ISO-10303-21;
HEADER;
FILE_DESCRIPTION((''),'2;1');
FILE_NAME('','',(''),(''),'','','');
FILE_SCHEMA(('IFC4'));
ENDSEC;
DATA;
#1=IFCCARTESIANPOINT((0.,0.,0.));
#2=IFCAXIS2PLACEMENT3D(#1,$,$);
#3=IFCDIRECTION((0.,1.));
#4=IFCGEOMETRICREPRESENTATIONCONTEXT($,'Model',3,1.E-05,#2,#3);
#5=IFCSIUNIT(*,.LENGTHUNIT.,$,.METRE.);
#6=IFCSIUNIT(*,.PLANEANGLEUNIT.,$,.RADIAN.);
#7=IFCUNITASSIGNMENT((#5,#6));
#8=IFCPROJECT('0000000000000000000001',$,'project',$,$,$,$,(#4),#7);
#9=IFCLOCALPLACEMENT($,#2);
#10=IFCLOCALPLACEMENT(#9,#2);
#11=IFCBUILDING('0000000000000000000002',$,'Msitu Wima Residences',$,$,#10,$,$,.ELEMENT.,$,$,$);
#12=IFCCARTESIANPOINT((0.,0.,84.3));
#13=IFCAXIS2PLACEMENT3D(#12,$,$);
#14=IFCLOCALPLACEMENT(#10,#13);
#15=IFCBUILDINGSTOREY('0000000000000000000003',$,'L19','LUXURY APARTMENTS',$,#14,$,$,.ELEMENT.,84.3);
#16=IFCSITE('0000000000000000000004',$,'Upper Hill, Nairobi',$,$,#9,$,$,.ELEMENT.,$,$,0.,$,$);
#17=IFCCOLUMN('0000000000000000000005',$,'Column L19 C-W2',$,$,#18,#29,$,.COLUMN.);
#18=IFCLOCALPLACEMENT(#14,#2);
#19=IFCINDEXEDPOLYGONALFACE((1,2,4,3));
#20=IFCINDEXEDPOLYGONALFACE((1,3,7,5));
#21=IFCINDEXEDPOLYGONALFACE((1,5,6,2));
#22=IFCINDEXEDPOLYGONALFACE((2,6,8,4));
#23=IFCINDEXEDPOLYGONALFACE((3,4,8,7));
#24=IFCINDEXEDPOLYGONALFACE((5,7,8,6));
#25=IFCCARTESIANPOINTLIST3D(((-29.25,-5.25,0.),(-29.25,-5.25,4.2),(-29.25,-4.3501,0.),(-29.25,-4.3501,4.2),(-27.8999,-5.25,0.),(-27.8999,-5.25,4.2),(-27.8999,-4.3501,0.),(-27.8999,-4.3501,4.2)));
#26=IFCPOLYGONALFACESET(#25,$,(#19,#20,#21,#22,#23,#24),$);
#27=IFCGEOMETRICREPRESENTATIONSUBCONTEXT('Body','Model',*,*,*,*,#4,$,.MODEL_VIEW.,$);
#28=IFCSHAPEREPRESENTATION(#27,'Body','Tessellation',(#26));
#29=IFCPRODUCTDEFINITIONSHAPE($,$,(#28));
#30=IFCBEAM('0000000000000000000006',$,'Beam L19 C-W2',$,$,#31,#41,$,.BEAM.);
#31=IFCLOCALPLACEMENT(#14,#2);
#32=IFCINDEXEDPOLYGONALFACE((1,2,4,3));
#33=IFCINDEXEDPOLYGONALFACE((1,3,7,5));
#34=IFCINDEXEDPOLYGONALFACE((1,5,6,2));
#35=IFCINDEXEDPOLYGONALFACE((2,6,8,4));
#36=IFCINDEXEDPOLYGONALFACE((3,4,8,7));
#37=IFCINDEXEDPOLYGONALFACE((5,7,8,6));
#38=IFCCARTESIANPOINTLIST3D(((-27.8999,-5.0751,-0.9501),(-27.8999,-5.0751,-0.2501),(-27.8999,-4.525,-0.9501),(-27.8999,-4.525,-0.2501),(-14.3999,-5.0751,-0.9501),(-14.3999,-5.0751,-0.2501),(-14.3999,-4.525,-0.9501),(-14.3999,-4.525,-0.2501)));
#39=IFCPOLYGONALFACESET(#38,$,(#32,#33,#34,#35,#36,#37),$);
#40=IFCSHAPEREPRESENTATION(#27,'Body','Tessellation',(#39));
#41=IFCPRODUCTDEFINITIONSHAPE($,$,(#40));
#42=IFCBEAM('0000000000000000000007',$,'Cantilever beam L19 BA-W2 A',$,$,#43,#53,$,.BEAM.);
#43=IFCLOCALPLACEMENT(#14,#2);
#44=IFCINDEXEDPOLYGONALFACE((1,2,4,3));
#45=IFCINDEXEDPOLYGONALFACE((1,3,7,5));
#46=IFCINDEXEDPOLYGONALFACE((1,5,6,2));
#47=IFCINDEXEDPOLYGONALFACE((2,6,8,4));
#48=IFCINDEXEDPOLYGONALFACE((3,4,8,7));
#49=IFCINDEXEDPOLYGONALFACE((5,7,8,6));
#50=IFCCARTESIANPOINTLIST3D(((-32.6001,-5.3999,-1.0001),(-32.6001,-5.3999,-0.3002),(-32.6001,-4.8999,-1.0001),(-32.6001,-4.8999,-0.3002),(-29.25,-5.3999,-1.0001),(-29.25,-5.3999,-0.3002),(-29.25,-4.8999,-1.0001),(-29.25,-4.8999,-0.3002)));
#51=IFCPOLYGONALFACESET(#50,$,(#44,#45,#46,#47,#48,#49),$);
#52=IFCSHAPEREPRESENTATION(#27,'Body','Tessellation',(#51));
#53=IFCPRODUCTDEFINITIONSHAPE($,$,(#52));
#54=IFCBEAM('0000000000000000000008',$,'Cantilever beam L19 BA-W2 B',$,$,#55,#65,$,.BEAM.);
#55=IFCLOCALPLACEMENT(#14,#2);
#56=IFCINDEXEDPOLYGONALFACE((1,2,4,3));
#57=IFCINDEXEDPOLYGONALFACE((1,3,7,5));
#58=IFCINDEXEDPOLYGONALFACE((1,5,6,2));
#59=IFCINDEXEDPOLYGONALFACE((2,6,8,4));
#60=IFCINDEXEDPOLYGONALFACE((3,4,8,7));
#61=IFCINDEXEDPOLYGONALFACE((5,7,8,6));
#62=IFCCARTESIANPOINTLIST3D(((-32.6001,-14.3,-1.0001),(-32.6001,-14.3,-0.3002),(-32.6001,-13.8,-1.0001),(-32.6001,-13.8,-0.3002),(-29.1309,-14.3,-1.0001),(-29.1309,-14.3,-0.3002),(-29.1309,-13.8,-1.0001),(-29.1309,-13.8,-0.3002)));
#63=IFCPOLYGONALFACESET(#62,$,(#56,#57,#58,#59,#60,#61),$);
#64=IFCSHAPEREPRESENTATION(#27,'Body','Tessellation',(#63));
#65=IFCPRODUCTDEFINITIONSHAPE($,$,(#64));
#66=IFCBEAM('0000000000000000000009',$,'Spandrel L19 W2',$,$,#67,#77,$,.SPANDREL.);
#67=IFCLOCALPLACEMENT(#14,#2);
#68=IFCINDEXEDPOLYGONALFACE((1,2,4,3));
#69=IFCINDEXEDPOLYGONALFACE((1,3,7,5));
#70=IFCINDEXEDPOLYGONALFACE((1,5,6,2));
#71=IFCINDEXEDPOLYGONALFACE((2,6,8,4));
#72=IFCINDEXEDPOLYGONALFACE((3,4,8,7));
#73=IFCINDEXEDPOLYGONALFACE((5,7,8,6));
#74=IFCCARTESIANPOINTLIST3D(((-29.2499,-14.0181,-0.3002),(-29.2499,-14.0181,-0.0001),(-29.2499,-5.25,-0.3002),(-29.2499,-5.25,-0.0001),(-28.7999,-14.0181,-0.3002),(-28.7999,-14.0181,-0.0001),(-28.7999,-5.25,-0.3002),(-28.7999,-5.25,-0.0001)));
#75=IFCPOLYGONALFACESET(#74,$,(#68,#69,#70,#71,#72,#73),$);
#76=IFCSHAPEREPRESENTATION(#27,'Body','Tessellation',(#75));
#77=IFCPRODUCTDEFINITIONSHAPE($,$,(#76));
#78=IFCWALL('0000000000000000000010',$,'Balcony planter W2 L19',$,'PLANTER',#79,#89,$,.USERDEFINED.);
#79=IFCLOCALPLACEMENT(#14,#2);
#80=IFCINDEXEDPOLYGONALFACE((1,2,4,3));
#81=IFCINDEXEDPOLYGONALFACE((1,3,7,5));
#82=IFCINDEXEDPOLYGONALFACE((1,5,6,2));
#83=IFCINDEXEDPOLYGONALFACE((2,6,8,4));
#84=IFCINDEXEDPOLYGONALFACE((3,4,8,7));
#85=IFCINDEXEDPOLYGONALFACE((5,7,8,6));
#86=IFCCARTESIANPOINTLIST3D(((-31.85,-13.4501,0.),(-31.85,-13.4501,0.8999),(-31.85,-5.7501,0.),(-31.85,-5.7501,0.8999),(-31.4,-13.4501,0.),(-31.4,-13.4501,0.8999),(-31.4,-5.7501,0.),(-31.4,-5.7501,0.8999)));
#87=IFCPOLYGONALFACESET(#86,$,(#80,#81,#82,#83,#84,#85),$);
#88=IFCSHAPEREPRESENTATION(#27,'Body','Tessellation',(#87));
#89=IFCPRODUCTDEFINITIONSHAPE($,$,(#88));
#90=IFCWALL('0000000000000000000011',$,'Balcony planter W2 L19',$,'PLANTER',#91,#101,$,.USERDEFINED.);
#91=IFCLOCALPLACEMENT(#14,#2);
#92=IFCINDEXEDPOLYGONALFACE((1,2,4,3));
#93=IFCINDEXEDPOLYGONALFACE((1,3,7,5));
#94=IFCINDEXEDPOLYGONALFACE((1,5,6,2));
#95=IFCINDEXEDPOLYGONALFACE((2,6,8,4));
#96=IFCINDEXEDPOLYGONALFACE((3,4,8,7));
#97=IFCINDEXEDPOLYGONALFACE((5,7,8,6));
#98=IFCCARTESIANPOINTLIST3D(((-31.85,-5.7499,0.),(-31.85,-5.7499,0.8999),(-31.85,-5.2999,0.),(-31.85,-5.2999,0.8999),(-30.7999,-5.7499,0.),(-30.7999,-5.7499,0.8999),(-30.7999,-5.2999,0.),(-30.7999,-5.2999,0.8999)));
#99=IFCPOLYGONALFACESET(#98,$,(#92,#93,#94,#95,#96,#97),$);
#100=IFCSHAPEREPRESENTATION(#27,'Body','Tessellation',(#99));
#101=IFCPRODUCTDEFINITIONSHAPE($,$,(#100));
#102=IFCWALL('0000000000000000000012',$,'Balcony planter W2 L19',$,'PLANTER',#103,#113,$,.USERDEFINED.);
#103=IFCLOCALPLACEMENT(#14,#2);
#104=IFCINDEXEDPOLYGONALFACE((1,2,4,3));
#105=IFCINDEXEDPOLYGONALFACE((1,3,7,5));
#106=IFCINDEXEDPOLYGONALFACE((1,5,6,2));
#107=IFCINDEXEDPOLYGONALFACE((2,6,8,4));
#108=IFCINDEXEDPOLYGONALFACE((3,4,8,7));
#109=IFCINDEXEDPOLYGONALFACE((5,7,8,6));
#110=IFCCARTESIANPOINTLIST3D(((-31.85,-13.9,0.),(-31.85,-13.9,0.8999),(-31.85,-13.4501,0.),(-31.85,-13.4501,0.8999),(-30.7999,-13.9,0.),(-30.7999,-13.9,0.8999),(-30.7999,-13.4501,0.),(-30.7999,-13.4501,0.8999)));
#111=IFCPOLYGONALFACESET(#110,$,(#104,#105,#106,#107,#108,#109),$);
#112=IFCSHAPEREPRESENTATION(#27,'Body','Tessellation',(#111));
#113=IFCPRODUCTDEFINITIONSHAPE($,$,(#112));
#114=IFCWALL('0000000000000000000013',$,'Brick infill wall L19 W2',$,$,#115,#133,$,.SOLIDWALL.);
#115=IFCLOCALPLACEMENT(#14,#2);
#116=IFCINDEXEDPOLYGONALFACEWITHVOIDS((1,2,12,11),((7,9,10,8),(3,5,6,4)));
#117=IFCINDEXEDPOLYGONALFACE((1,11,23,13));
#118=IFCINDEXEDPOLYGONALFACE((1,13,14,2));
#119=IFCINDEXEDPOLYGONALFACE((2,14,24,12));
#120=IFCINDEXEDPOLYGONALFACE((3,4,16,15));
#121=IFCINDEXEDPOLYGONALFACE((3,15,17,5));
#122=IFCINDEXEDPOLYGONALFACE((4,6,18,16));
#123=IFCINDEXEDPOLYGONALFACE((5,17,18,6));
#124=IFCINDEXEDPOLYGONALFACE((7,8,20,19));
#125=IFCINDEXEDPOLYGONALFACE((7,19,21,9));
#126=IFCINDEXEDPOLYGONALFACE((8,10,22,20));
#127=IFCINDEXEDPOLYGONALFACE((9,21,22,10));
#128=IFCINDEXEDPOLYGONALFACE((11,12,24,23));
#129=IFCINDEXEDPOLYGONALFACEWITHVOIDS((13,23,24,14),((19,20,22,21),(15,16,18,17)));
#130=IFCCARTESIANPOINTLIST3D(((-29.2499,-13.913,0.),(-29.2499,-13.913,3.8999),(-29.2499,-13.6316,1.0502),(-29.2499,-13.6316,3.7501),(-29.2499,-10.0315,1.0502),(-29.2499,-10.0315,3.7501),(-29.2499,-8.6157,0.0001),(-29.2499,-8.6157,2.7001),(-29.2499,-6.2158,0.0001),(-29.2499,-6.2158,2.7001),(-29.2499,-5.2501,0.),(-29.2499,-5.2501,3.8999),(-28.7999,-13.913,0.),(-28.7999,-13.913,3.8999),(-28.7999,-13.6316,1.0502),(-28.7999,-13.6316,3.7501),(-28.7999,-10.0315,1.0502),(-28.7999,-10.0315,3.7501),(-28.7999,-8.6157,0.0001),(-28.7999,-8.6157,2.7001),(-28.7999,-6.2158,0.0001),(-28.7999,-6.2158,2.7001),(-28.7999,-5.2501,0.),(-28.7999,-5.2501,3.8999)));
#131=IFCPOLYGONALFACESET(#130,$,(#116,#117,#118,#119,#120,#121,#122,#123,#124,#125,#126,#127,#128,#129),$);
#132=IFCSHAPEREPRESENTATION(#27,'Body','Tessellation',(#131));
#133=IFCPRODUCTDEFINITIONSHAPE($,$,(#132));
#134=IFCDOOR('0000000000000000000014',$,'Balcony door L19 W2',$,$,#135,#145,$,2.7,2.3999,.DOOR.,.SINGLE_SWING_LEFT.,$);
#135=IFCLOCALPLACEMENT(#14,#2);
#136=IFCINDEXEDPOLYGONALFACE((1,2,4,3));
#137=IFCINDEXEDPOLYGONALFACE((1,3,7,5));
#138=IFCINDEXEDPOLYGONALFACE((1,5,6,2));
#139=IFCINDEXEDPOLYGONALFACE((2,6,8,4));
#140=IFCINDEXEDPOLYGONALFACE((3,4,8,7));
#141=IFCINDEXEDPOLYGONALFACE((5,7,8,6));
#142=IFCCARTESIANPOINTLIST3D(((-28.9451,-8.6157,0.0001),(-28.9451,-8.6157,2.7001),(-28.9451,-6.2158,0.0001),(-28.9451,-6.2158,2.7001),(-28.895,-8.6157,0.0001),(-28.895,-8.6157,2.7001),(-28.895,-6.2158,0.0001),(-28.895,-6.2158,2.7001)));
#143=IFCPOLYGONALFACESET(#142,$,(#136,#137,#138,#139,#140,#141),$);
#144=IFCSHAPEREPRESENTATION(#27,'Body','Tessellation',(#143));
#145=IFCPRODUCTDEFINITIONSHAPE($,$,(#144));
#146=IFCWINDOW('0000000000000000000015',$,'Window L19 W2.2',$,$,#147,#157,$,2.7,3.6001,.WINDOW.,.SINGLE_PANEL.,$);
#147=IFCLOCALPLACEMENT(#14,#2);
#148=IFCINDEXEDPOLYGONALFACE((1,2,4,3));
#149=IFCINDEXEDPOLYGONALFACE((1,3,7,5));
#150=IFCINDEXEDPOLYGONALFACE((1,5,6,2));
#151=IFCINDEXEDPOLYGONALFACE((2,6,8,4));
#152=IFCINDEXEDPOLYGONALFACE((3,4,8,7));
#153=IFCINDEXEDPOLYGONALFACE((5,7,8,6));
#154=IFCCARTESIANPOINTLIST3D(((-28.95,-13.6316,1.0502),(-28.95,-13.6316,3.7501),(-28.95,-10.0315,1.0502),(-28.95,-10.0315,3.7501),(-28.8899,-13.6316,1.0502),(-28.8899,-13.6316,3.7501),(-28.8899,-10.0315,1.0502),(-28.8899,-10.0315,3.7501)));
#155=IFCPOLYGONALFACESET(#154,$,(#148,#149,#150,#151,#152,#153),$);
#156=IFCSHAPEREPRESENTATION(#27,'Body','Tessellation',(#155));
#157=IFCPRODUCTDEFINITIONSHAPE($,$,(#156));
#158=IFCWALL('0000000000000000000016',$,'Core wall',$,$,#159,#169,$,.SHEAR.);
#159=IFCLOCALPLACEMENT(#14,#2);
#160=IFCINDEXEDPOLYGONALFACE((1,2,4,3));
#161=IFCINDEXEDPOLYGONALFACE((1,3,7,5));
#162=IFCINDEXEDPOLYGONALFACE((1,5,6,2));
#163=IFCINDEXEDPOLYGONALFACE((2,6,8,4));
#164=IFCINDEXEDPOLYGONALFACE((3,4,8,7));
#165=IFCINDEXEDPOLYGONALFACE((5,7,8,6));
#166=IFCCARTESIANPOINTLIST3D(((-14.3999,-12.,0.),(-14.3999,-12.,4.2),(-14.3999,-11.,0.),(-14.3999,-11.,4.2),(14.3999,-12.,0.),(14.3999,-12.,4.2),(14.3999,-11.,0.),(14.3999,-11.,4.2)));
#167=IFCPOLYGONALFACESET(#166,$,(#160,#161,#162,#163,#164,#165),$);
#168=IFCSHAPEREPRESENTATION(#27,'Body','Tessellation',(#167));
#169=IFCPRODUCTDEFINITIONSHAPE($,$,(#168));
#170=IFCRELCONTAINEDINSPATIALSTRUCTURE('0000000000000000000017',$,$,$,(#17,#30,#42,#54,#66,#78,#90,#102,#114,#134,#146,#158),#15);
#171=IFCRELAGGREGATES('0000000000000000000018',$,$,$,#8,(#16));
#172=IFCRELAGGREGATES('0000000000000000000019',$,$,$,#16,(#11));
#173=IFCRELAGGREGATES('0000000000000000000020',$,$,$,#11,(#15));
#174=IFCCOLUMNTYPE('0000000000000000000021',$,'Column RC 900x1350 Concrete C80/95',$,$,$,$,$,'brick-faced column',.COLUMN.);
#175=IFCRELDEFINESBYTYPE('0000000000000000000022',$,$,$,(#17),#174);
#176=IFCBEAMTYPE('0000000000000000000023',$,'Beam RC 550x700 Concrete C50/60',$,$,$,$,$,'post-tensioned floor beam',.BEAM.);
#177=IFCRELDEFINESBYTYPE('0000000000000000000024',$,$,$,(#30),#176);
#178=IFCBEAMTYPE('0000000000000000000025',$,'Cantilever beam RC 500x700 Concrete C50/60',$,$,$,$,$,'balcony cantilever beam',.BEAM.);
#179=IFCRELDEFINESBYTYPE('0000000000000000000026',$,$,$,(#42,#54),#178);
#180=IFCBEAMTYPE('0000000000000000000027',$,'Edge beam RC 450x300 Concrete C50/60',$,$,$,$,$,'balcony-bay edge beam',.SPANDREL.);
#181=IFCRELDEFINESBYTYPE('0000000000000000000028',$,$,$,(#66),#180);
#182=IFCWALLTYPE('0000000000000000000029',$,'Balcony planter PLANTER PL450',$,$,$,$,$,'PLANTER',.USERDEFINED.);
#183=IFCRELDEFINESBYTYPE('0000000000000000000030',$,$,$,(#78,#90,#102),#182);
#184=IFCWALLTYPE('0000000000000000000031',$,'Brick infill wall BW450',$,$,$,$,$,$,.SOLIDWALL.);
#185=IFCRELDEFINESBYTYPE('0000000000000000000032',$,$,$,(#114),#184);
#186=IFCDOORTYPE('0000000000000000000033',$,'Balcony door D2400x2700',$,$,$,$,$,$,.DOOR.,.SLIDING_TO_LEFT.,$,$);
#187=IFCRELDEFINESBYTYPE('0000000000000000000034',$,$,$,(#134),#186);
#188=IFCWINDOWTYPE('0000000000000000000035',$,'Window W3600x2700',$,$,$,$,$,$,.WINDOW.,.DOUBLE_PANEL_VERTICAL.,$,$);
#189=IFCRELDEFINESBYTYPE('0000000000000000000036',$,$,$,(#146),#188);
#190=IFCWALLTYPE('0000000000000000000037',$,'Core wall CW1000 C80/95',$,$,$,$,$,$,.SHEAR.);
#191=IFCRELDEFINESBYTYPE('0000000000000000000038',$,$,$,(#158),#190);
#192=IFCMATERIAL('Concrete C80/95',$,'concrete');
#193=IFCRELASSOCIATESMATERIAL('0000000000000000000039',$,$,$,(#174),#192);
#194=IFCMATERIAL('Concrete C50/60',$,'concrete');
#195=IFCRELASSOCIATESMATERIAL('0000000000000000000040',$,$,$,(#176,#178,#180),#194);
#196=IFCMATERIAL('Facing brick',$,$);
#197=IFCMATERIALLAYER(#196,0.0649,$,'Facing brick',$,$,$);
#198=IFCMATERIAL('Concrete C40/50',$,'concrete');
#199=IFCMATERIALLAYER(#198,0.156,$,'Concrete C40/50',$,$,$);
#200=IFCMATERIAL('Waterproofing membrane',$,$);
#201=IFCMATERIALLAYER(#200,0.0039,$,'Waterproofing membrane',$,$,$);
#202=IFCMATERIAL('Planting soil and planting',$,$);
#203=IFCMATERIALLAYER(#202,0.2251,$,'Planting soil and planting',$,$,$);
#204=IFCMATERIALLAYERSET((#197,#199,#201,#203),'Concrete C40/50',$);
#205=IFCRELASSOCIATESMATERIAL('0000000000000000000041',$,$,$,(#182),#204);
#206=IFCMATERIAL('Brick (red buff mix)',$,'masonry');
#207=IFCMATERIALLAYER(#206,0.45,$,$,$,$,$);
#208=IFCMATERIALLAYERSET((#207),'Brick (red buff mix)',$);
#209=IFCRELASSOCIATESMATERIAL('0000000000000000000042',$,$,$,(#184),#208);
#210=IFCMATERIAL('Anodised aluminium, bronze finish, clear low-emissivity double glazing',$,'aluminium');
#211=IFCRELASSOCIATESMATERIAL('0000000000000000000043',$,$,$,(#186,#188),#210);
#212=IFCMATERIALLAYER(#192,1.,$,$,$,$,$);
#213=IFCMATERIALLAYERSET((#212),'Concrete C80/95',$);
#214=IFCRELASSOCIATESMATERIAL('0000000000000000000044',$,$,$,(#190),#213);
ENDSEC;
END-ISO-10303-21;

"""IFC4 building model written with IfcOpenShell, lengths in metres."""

from ifc_helpers import new_model, si_unit, direction, frame, frame_2d, origin, origin_2d, place, context, subcontext, project, spatial, rectangle, extrude, material, layer, layer_set, material_profile, profile_set, type_object, element, fill, save


model = new_model("IFC4")

# Units and contexts
model_context = context("Model", 3, precision=1e-05, world=origin(), true_north=direction((0.0, 1.0)))
body_context = subcontext(model_context, "Body", "Model", "MODEL_VIEW")
ifc_project = project(units=[si_unit("LENGTHUNIT", "METRE"), si_unit("PLANEANGLEUNIT", "RADIAN")], contexts=[model_context])

# Site, building, storey
site_placement = place(None, origin())
site = spatial("IfcSite", under=ifc_project, at=site_placement, Name="Upper Hill, Nairobi", CompositionType="ELEMENT", RefElevation=0.0)
building_placement = place(site_placement, origin())
building = spatial("IfcBuilding", under=site, at=building_placement, Name="Msitu Wima Residences", CompositionType="ELEMENT")
storey_placement = place(building_placement, frame((0.0, 0.0, 84.3)))
storey = spatial("IfcBuildingStorey", under=building, at=storey_placement, Name="L19", Description="LUXURY APARTMENTS", CompositionType="ELEMENT", Elevation=84.3)

# Column
ifc_material_1 = material(Name="Concrete C80/95", Category="concrete")
ifc_material_profile_1 = material_profile(ifc_material_1, rectangle(XDim=0.8999, YDim=1.3501, at=origin_2d()), Name="RC 900x1350")
ifc_profile_set_1 = profile_set([ifc_material_profile_1], Name="Concrete C80/95")
column_type = type_object("IfcColumnType", Name="Column RC 900x1350 Concrete C80/95", ElementType="brick-faced column", PredefinedType="COLUMN", material=ifc_profile_set_1)
column_placement = place(storey_placement, frame((-28.575, -4.8, 0.0), z_axis=(0.0, 0.0, 1.0), x_axis=(0.0, -1.0, 0.0)))
element("IfcColumn", 1, at=column_placement, inside=storey, type_object=column_type, Name="Column L19 C-W2", PredefinedType="COLUMN", context=body_context, shape_type="SweptSolid", body=[
    extrude(rectangle(XDim=0.8999, YDim=1.3501, at=origin_2d()), origin(), (0.0, 0.0, 1.0), 4.2),
])

# Beams
ifc_material_2 = material(Name="Concrete C50/60", Category="concrete")
ifc_material_profile_2 = material_profile(ifc_material_2, rectangle(XDim=0.55, YDim=0.7, at=origin_2d()), Name="RC 550x700")
ifc_profile_set_2 = profile_set([ifc_material_profile_2], Name="Concrete C50/60")
beam_type_1 = type_object("IfcBeamType", Name="Beam RC 550x700 Concrete C50/60", ElementType="post-tensioned floor beam", PredefinedType="BEAM", material=ifc_profile_set_2)
beam_1_placement = place(storey_placement, frame((-27.8999, -4.8, -0.6001), z_axis=(1.0, 0.0, 0.0), x_axis=(0.0, 1.0, 0.0)))
element("IfcBeam", 2, at=beam_1_placement, inside=storey, type_object=beam_type_1, Name="Beam L19 C-W2", PredefinedType="BEAM", context=body_context, shape_type="SweptSolid", body=[
    extrude(rectangle(XDim=0.55, YDim=0.7, at=origin_2d()), origin(), (0.0, 0.0, 1.0), 13.5),
])
ifc_material_profile_3 = material_profile(ifc_material_2, rectangle(XDim=0.5, YDim=0.7, at=origin_2d()), Name="RC 500x700")
ifc_profile_set_3 = profile_set([ifc_material_profile_3], Name="Concrete C50/60")
beam_type_2 = type_object("IfcBeamType", Name="Cantilever beam RC 500x700 Concrete C50/60", ElementType="balcony cantilever beam", PredefinedType="BEAM", material=ifc_profile_set_3)
beam_2_placement = place(storey_placement, frame((-29.25, -5.1499, -0.6501), z_axis=(-1.0, 0.0, 0.0), x_axis=(0.0, -1.0, 0.0)))
element("IfcBeam", 3, at=beam_2_placement, inside=storey, type_object=beam_type_2, Name="Cantilever beam L19 BA-W2 A", PredefinedType="BEAM", context=body_context, shape_type="SweptSolid", body=[
    extrude(rectangle(XDim=0.5, YDim=0.7, at=origin_2d()), origin(), (0.0, 0.0, 1.0), 3.3501),
])
beam_3_placement = place(storey_placement, frame((-29.1309, -14.05, -0.6501), z_axis=(-1.0, 0.0, 0.0), x_axis=(0.0, -1.0, 0.0)))
element("IfcBeam", 4, at=beam_3_placement, inside=storey, type_object=beam_type_2, Name="Cantilever beam L19 BA-W2 B", PredefinedType="BEAM", context=body_context, shape_type="SweptSolid", body=[
    extrude(rectangle(XDim=0.5, YDim=0.7, at=origin_2d()), origin(), (0.0, 0.0, 1.0), 3.4692),
])
ifc_material_profile_4 = material_profile(ifc_material_2, rectangle(XDim=0.45, YDim=0.3, at=origin_2d()), Name="RC 450x300")
ifc_profile_set_4 = profile_set([ifc_material_profile_4], Name="Concrete C50/60")
beam_type_3 = type_object("IfcBeamType", Name="Edge beam RC 450x300 Concrete C50/60", ElementType="balcony-bay edge beam", PredefinedType="SPANDREL", material=ifc_profile_set_4)
beam_4_placement = place(storey_placement, frame((-29.0249, -5.25, -0.1501), z_axis=(0.0, -1.0, 0.0), x_axis=(1.0, 0.0, 0.0)))
element("IfcBeam", 5, at=beam_4_placement, inside=storey, type_object=beam_type_3, Name="Spandrel L19 W2", PredefinedType="SPANDREL", context=body_context, shape_type="SweptSolid", body=[
    extrude(rectangle(XDim=0.45, YDim=0.3, at=origin_2d()), origin(), (0.0, 0.0, 1.0), 8.7681),
])

# Walls
ifc_material_3 = material(Name="Facing brick")
ifc_layer_1 = layer(ifc_material_3, 0.0649, Name="Facing brick")
ifc_material_4 = material(Name="Concrete C40/50", Category="concrete")
ifc_layer_2 = layer(ifc_material_4, 0.156, Name="Concrete C40/50")
ifc_material_5 = material(Name="Waterproofing membrane")
ifc_layer_3 = layer(ifc_material_5, 0.0039, Name="Waterproofing membrane")
ifc_material_6 = material(Name="Planting soil and planting")
ifc_layer_4 = layer(ifc_material_6, 0.2251, Name="Planting soil and planting")
ifc_layer_set_1 = layer_set([ifc_layer_1, ifc_layer_2, ifc_layer_3, ifc_layer_4], Name="Concrete C40/50")
wall_type_1 = type_object("IfcWallType", Name="Balcony planter PLANTER PL450", ElementType="PLANTER", PredefinedType="USERDEFINED", material=ifc_layer_set_1)
wall_1_placement = place(storey_placement, frame((-31.625, -5.75, 0.0), z_axis=(0.0, 0.0, 1.0), x_axis=(0.0, -1.0, 0.0)))
element("IfcWall", 6, at=wall_1_placement, inside=storey, type_object=wall_type_1, Name="Balcony planter W2 L19", ObjectType="PLANTER", PredefinedType="USERDEFINED", context=body_context, shape_type="SweptSolid", body=[
    extrude(rectangle(XDim=7.7, YDim=0.45, at=frame_2d((3.8501, 0.0))), origin(), (0.0, 0.0, 1.0), 0.8999),
])
for number, where, z_axis, x_axis, name in (
    (7, (-30.8, -5.5249, 0.0), (0.0, 0.0, 1.0), (-1.0, 0.0, 0.0), "Balcony planter W2 L19"),
    (8, (-30.8, -13.675, 0.0), (0.0, 0.0, 1.0), (-1.0, 0.0, 0.0), "Balcony planter W2 L19"),
):
    element("IfcWall", number, at=place(storey_placement, frame(where, z_axis=z_axis, x_axis=x_axis)), inside=storey, type_object=wall_type_1, Name=name, ObjectType="PLANTER", PredefinedType="USERDEFINED", context=body_context, shape_type="SweptSolid", body=[
        extrude(rectangle(XDim=1.05, YDim=0.45, at=frame_2d((0.5249, 0.0))), origin(), (0.0, 0.0, 1.0), 0.8999),
    ])

# Wall, openings, door, window
ifc_material_7 = material(Name="Brick (red buff mix)", Category="masonry")
ifc_layer_5 = layer(ifc_material_7, 0.45)
ifc_layer_set_2 = layer_set([ifc_layer_5], Name="Brick (red buff mix)")
wall_type_2 = type_object("IfcWallType", Name="Brick infill wall BW450", PredefinedType="SOLIDWALL", material=ifc_layer_set_2)
wall_2_placement = place(storey_placement, frame((-29.0249, -5.25, 0.0), z_axis=(0.0, 0.0, 1.0), x_axis=(0.0, -1.0, 0.0)))
wall_2 = element("IfcWall", 9, at=wall_2_placement, inside=storey, type_object=wall_type_2, Name="Brick infill wall L19 W2", PredefinedType="SOLIDWALL", context=body_context, shape_type="SweptSolid", body=[
    extrude(rectangle(XDim=8.6628, YDim=0.45, at=frame_2d((4.3315, 0.0))), origin(), (0.0, 0.0, 1.0), 3.8999),
])
opening_1_placement = place(wall_2_placement, frame((0.9658, 0.0, 0.0)))
opening_1 = element("IfcOpeningElement", 10, at=opening_1_placement, cuts=wall_2, PredefinedType="OPENING", context=body_context, shape_type="SweptSolid", body=[
    extrude(rectangle(XDim=2.3999, YDim=2.7, at=frame_2d((1.2, 1.3501))), frame((0.0, 0.2349, 0.0), z_axis=(0.0, -1.0, 0.0), x_axis=(1.0, 0.0, 0.0)), (0.0, 0.0, 1.0), 0.47),
])
opening_2_placement = place(wall_2_placement, frame((4.7815, 0.0, 1.05)))
opening_2 = element("IfcOpeningElement", 11, at=opening_2_placement, cuts=wall_2, PredefinedType="OPENING", context=body_context, shape_type="SweptSolid", body=[
    extrude(rectangle(XDim=3.6001, YDim=2.7, at=frame_2d((1.8, 1.3501))), frame((0.0, 0.2349, 0.0), z_axis=(0.0, -1.0, 0.0), x_axis=(1.0, 0.0, 0.0)), (0.0, 0.0, 1.0), 0.47),
])
ifc_material_8 = material(Name="Anodised aluminium, bronze finish, clear low-emissivity double glazing", Category="aluminium")
door_type_1 = type_object("IfcDoorType", Name="Balcony door D2400x2700", OperationType="SLIDING_TO_LEFT", PredefinedType="DOOR", material=ifc_material_8)
door_1_placement = place(opening_1_placement, origin())
door_1 = element("IfcDoor", 12, at=door_1_placement, inside=storey, type_object=door_type_1, Name="Balcony door L19 W2", OperationType="SINGLE_SWING_LEFT", OverallHeight=2.7, OverallWidth=2.3999, PredefinedType="DOOR", context=body_context, shape_type="SweptSolid", body=[
    extrude(rectangle(XDim=2.3999, YDim=2.7, at=frame_2d((1.2, 1.3501))), frame((0.0, 0.1299, 0.0), z_axis=(0.0, -1.0, 0.0), x_axis=(1.0, 0.0, 0.0)), (0.0, 0.0, 1.0), 0.05),
])
fill(opening_1, door_1)
window_type = type_object("IfcWindowType", Name="Window W3600x2700", PartitioningType="DOUBLE_PANEL_VERTICAL", PredefinedType="WINDOW", material=ifc_material_8)
window_placement = place(opening_2_placement, origin())
window = element("IfcWindow", 13, at=window_placement, inside=storey, type_object=window_type, Name="Window L19 W2.2", OverallHeight=2.7, OverallWidth=3.6001, PartitioningType="SINGLE_PANEL", PredefinedType="WINDOW", context=body_context, shape_type="SweptSolid", body=[
    extrude(rectangle(XDim=3.6001, YDim=2.7, at=frame_2d((1.8, 1.3501))), frame((0.0, 0.135, 0.0), z_axis=(0.0, -1.0, 0.0), x_axis=(1.0, 0.0, 0.0)), (0.0, 0.0, 1.0), 0.0601),
])
fill(opening_2, window)

# Wall
ifc_layer_6 = layer(ifc_material_1, 1.0)
ifc_layer_set_3 = layer_set([ifc_layer_6], Name="Concrete C80/95")
wall_type_3 = type_object("IfcWallType", Name="Core wall CW1000 C80/95", PredefinedType="SHEAR", material=ifc_layer_set_3)
wall_3_placement = place(storey_placement, frame((-14.3999, -11.5, 0.0), z_axis=(0.0, 0.0, 1.0), x_axis=(1.0, 0.0, 0.0)))
element("IfcWall", 14, at=wall_3_placement, inside=storey, type_object=wall_type_3, Name="Core wall", PredefinedType="SHEAR", context=body_context, shape_type="SweptSolid", body=[
    extrude(rectangle(XDim=28.7998, YDim=1.0, at=frame_2d((14.3999, 0.0))), origin(), (0.0, 0.0, 1.0), 4.2),
])

save(model, "model.ifc")
